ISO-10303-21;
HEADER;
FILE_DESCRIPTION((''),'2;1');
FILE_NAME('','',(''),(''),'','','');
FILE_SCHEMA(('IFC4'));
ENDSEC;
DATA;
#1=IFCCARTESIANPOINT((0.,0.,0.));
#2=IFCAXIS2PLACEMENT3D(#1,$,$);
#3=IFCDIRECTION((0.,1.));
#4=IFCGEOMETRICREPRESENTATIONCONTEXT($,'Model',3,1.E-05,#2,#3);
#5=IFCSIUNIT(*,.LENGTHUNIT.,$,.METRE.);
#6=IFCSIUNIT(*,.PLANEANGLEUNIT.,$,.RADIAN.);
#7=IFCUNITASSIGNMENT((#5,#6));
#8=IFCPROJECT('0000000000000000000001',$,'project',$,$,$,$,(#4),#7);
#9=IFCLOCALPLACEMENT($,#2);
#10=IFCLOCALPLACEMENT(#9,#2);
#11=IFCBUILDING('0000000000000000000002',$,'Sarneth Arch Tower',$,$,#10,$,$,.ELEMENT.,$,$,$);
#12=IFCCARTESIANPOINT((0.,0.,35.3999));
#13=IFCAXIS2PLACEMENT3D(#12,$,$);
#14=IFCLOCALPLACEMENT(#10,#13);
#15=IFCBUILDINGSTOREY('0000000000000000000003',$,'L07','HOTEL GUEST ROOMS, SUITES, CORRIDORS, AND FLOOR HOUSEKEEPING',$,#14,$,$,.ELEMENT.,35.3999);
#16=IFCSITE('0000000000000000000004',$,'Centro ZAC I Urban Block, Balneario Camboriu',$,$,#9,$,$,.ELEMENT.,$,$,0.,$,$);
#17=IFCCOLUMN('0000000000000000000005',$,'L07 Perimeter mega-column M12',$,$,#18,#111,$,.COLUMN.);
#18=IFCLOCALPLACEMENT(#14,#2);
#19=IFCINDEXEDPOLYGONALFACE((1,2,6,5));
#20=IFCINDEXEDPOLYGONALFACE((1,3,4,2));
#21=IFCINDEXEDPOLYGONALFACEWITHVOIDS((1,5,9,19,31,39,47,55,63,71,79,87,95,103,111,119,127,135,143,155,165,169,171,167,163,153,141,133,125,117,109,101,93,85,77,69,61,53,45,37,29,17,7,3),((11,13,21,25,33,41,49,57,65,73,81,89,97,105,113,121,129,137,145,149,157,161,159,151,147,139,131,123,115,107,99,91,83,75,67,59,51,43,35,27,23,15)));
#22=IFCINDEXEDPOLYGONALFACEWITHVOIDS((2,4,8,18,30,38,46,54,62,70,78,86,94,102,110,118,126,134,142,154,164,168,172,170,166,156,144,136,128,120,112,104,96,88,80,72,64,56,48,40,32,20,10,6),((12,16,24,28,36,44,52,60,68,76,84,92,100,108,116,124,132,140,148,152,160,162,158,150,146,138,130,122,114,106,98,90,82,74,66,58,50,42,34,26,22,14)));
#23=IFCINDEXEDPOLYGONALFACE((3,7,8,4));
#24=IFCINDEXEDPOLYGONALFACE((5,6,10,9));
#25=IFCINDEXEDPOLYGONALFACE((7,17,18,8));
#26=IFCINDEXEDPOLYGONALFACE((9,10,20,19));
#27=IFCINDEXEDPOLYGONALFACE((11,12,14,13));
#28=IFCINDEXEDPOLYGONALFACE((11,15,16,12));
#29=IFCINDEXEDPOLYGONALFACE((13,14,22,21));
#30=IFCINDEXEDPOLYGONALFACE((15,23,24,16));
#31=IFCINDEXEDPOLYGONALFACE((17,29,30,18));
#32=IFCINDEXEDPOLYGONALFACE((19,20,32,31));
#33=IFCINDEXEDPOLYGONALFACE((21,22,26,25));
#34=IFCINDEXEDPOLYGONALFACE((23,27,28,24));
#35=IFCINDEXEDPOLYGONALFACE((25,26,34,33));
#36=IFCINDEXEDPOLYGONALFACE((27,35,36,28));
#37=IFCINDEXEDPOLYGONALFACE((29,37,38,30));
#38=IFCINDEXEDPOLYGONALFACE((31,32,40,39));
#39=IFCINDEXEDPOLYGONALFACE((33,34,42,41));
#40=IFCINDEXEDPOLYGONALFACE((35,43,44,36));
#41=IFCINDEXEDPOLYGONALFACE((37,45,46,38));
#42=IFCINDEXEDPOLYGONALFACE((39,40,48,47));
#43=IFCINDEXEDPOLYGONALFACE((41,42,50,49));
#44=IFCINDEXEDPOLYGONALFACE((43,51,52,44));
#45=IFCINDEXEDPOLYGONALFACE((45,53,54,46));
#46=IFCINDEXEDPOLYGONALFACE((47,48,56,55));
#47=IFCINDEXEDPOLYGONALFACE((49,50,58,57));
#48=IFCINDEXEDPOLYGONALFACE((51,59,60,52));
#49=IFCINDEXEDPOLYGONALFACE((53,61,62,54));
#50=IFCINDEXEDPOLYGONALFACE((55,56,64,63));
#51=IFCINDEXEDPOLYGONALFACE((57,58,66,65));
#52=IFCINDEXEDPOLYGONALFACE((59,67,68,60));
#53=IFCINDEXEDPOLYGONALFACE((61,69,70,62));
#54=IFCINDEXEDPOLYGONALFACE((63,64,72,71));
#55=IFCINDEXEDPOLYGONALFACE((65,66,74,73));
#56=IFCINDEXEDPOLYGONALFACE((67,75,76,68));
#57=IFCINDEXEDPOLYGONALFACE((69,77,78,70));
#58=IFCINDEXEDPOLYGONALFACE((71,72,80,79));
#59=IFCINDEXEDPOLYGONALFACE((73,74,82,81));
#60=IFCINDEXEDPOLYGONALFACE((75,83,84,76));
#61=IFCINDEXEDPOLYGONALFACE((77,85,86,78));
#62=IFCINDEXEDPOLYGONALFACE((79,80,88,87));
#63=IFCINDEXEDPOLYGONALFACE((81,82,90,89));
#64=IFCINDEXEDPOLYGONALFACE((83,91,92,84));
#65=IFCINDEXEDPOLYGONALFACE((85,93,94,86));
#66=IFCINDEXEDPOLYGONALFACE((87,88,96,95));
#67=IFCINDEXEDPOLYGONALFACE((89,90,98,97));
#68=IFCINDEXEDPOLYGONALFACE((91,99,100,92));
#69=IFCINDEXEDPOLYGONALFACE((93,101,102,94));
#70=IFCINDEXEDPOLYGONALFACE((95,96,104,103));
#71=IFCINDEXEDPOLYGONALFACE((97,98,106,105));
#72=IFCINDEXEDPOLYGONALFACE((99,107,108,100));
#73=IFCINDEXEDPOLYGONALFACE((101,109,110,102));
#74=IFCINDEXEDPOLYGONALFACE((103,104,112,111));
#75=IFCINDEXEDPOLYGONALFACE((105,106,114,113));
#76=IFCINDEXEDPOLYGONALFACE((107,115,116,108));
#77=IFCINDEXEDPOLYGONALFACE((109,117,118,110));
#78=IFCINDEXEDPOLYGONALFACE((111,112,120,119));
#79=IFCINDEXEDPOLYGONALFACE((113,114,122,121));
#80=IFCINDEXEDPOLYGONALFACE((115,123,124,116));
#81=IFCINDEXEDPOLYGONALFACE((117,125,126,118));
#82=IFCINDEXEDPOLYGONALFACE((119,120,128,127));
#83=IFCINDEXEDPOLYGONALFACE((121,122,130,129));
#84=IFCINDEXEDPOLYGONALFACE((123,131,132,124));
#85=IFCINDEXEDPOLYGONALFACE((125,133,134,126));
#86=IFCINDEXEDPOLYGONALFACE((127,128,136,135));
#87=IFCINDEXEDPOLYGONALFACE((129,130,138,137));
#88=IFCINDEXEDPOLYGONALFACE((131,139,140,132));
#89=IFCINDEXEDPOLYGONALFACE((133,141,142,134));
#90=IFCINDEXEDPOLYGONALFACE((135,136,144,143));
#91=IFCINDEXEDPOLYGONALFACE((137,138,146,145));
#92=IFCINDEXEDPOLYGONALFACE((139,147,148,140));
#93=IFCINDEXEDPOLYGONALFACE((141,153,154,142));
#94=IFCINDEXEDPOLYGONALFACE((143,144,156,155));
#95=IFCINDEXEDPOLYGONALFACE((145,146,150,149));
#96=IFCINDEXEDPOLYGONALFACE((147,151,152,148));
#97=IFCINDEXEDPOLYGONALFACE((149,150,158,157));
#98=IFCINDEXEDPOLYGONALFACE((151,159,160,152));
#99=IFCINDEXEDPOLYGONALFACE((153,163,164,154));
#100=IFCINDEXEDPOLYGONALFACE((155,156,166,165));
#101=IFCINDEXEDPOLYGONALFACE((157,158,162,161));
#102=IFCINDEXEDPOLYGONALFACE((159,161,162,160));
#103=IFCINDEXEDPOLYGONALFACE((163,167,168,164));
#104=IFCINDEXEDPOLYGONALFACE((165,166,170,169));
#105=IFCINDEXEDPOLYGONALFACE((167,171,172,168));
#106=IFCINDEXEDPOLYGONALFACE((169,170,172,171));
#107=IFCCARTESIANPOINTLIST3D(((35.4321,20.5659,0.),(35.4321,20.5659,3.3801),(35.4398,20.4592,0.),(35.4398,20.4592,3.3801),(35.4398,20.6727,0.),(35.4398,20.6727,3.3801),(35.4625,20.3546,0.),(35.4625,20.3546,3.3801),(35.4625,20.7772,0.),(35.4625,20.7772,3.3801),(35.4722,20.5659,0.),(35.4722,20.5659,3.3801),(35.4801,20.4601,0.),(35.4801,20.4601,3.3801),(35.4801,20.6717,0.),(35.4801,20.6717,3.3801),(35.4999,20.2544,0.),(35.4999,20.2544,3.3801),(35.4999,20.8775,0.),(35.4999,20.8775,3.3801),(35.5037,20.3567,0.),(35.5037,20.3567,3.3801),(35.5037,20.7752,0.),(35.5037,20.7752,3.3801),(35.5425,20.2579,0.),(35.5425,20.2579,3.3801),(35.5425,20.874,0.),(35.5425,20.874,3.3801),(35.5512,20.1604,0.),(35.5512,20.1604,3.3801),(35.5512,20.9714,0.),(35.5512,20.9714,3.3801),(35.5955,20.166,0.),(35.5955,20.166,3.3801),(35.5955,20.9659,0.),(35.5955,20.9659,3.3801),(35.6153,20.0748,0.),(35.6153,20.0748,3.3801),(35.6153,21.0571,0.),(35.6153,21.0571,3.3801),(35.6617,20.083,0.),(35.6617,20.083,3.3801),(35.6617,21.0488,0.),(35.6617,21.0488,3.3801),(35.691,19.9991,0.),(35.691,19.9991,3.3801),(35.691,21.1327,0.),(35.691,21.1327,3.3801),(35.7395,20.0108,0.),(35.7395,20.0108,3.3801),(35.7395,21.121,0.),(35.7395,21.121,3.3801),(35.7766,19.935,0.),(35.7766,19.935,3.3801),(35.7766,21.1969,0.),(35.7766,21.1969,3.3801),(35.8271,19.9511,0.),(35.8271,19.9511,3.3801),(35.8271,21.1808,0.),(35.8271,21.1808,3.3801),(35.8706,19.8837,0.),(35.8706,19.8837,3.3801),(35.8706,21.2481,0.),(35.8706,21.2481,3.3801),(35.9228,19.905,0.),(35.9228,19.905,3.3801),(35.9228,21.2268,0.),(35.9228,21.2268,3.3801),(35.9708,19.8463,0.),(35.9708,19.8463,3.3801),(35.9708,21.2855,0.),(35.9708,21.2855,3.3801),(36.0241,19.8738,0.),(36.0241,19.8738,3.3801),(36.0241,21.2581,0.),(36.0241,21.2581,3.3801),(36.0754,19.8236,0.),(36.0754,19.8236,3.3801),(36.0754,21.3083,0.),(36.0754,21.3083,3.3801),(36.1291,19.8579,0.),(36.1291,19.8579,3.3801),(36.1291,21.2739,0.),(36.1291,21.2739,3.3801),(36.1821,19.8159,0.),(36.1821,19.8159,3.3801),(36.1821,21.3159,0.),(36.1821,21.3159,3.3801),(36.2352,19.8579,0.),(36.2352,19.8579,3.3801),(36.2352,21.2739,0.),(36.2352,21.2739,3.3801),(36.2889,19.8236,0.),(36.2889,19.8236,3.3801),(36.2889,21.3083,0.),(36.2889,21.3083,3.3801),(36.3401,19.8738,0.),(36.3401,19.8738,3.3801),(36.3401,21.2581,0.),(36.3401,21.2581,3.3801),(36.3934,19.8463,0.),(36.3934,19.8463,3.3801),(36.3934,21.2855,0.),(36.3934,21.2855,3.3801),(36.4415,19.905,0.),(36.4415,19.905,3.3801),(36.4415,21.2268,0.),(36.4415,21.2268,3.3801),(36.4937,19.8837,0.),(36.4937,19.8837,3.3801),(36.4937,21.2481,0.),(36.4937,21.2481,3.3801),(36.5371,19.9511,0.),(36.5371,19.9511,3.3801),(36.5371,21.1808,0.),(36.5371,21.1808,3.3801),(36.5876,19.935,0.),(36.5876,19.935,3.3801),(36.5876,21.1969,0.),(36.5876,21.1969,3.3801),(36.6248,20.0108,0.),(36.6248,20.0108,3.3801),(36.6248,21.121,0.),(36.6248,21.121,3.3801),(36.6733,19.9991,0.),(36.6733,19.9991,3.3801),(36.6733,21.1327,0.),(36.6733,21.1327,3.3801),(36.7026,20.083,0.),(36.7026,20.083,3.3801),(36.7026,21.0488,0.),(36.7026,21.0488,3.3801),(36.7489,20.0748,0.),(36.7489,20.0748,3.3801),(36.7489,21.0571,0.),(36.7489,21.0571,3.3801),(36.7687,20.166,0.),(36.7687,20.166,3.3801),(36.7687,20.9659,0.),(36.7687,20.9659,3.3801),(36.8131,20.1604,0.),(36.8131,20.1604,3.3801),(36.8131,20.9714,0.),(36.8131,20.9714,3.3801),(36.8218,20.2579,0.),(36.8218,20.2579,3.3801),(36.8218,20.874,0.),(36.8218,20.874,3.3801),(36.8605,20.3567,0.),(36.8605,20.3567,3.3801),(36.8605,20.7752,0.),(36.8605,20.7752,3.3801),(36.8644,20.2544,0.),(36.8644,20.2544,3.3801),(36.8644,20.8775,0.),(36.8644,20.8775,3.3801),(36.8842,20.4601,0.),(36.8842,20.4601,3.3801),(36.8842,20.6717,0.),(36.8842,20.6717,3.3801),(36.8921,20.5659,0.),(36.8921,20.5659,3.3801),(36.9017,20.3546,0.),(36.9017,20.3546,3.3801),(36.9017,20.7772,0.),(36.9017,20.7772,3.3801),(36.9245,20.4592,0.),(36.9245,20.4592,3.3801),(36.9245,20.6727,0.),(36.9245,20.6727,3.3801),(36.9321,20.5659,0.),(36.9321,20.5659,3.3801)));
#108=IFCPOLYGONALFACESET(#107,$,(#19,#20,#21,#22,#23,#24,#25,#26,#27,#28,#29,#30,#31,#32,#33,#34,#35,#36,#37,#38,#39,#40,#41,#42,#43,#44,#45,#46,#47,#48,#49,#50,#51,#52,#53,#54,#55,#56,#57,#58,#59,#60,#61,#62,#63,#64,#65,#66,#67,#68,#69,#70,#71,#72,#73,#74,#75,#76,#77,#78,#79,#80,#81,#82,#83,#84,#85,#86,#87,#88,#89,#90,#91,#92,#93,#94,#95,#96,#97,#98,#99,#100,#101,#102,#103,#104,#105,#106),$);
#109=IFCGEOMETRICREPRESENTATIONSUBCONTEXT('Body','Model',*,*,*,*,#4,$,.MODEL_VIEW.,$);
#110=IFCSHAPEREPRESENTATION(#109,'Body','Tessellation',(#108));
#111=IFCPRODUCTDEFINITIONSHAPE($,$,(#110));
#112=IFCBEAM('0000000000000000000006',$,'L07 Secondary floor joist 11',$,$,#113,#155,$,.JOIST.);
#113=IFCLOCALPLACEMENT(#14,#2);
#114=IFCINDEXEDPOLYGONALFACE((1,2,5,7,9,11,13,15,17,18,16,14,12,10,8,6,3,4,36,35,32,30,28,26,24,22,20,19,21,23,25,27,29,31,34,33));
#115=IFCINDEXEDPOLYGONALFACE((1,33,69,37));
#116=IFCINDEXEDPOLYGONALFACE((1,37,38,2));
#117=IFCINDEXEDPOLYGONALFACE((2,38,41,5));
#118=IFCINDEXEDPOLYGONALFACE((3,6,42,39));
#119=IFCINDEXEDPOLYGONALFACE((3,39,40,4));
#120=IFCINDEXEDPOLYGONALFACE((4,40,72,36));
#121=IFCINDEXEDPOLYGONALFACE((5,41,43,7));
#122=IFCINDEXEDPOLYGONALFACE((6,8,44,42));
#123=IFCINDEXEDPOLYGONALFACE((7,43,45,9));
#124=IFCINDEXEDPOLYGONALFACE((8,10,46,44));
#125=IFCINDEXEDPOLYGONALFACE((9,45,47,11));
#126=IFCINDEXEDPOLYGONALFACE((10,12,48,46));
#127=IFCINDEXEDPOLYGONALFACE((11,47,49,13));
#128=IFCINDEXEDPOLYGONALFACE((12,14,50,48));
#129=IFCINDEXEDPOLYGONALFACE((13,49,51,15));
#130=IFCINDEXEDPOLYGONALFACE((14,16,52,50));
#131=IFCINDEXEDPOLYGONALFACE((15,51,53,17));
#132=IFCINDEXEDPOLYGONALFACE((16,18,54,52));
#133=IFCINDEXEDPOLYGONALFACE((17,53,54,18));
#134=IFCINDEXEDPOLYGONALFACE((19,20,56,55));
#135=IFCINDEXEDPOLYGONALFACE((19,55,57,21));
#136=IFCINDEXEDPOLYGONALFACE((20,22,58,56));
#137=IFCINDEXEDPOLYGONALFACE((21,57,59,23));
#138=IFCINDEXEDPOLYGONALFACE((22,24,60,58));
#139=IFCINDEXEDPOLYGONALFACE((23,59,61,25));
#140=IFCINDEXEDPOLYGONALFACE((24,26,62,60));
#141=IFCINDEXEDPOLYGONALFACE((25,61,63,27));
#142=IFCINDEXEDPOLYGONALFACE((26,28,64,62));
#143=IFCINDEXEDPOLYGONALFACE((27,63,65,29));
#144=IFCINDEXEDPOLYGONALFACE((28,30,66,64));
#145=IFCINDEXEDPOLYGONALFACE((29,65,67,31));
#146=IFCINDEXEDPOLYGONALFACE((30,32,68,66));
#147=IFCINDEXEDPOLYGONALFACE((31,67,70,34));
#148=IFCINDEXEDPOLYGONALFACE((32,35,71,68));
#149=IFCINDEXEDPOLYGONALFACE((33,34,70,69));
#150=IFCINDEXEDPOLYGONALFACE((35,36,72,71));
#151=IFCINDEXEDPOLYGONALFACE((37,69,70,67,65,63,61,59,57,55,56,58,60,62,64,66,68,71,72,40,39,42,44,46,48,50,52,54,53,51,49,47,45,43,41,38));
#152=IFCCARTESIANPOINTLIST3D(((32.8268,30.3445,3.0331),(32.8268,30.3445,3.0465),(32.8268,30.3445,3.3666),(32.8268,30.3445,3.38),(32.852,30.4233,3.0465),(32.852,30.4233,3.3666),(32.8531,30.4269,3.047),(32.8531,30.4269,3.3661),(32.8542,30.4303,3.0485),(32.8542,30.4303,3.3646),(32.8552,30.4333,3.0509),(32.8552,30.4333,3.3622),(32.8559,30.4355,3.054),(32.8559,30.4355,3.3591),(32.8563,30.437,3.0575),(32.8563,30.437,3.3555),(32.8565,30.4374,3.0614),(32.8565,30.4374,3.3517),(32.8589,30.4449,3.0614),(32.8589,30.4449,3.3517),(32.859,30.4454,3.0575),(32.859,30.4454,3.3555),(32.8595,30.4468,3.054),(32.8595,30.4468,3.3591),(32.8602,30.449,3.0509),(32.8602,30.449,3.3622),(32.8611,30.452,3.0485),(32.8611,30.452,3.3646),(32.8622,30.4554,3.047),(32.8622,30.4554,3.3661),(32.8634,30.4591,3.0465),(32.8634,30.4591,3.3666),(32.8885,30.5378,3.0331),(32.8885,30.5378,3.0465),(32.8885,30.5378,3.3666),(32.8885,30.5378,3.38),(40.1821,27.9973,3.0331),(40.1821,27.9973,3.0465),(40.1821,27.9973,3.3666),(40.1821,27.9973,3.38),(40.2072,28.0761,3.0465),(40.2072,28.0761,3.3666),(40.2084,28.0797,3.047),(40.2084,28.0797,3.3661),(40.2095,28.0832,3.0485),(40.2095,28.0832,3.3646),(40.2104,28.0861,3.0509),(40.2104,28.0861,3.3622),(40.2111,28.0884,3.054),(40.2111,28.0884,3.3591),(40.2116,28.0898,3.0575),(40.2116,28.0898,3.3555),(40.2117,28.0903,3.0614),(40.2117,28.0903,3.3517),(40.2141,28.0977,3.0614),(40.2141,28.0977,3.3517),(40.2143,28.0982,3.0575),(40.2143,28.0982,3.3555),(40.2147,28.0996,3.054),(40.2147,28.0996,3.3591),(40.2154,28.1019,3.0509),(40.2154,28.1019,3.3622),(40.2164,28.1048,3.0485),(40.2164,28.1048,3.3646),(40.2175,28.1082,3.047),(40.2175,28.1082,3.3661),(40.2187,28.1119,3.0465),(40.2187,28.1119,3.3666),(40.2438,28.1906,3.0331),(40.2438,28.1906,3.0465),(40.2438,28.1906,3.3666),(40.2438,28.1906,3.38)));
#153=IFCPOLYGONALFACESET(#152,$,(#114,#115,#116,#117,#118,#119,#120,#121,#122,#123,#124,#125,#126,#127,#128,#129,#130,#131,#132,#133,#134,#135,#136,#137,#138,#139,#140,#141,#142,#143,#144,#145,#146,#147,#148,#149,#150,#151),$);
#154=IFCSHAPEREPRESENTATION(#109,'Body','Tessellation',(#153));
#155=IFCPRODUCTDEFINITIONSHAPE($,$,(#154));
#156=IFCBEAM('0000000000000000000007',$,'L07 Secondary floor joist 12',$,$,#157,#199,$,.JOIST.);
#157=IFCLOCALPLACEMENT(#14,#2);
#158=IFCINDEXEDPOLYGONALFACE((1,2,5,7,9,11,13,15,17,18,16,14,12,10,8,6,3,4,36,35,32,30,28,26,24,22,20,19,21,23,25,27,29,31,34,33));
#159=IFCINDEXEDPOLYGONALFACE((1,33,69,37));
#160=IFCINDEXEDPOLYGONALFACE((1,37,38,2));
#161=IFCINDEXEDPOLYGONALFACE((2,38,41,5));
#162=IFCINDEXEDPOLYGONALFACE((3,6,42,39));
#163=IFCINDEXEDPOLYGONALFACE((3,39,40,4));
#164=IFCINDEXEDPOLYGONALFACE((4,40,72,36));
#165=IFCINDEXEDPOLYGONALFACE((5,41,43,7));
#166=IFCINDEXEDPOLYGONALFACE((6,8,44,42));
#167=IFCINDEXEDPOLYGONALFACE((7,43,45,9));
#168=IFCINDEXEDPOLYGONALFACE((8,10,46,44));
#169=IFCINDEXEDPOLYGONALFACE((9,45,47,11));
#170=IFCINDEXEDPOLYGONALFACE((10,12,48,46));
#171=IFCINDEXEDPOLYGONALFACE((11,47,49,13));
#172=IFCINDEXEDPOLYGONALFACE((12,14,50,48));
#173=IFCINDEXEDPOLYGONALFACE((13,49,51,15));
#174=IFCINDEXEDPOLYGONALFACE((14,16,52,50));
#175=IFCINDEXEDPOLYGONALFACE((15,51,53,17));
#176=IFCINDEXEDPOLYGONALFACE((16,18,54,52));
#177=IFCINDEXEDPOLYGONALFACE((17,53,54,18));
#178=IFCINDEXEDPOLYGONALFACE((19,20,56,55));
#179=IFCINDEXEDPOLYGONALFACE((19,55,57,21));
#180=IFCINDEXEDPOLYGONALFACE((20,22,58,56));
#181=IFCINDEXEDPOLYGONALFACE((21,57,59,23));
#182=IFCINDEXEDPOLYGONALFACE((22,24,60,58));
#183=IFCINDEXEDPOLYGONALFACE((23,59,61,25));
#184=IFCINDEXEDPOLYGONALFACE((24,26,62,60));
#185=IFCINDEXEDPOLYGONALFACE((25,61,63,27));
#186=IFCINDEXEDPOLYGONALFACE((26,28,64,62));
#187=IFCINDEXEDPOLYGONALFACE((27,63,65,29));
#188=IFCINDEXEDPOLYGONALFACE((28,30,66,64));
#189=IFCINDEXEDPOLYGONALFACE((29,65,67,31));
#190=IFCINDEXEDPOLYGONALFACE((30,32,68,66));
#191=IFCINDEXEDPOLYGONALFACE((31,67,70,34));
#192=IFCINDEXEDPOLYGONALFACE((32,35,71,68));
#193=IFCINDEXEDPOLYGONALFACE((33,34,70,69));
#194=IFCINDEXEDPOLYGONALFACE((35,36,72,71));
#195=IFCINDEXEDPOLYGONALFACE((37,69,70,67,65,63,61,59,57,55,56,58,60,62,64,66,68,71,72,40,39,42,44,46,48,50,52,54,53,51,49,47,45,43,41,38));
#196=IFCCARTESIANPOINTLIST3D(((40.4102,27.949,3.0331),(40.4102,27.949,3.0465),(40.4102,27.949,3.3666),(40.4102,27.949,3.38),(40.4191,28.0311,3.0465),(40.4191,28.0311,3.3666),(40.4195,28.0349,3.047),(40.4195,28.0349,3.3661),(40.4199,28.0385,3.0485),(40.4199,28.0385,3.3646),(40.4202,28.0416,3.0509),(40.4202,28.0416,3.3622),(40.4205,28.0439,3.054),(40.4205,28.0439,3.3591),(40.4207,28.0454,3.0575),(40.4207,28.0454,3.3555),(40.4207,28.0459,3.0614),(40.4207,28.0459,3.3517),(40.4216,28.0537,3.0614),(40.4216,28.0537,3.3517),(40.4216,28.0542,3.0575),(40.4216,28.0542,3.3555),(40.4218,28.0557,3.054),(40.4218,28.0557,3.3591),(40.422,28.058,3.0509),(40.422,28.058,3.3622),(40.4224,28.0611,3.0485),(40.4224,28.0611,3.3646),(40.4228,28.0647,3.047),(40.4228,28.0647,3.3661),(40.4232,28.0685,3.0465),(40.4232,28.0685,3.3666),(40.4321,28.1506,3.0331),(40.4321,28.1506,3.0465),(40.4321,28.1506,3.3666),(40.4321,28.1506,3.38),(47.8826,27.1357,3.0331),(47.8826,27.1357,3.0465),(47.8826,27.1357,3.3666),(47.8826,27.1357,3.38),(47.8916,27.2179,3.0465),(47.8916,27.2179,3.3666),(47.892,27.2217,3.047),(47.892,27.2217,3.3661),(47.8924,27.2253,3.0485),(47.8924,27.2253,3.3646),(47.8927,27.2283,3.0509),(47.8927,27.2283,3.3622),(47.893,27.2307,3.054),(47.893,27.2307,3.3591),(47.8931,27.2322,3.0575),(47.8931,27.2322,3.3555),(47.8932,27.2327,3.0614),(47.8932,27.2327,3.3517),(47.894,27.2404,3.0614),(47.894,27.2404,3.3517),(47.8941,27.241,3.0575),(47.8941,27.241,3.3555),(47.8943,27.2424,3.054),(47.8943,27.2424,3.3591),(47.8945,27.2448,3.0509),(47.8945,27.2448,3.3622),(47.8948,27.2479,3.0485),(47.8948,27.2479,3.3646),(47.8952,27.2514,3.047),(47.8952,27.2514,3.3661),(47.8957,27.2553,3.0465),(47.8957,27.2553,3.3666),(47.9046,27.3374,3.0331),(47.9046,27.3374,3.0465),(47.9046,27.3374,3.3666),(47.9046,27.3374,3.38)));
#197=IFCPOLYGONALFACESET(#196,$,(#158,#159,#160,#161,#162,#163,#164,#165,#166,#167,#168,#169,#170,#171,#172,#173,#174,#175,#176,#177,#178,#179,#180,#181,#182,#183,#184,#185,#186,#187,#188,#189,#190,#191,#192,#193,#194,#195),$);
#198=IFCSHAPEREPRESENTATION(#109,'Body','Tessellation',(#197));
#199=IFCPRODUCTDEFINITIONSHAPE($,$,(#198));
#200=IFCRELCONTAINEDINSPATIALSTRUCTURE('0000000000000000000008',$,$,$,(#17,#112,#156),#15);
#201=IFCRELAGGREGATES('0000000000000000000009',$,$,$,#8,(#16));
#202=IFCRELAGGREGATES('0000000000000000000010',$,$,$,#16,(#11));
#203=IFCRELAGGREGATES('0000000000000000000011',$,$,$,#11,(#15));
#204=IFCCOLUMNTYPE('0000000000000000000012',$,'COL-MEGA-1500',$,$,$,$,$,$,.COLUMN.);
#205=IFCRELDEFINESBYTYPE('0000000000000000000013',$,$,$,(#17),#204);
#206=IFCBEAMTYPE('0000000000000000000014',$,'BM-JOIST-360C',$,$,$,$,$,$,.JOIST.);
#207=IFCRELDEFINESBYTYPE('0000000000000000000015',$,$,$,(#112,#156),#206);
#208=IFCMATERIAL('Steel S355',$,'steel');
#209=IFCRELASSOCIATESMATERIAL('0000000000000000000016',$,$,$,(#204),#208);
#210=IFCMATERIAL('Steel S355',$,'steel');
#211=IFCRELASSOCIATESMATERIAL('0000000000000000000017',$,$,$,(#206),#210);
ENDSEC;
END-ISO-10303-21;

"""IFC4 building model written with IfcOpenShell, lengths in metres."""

from ifc_helpers import new_model, si_unit, direction, frame, origin, origin_2d, place, context, subcontext, project, spatial, hollow_circle, i_section, extrude, material, material_profile, profile_set, type_object, element, save


model = new_model("IFC4")

# Units and contexts
model_context = context("Model", 3, precision=1e-05, world=origin(), true_north=direction((0.0, 1.0)))
body_context = subcontext(model_context, "Body", "Model", "MODEL_VIEW")
ifc_project = project(units=[si_unit("LENGTHUNIT", "METRE"), si_unit("PLANEANGLEUNIT", "RADIAN")], contexts=[model_context])

# Site, building, storey
site_placement = place(None, origin())
site = spatial("IfcSite", under=ifc_project, at=site_placement, Name="Centro ZAC I Urban Block, Balneario Camboriu", CompositionType="ELEMENT", RefElevation=0.0)
building_placement = place(site_placement, origin())
building = spatial("IfcBuilding", under=site, at=building_placement, Name="Sarneth Arch Tower", CompositionType="ELEMENT")
storey_placement = place(building_placement, frame((0.0, 0.0, 35.3999)))
storey = spatial("IfcBuildingStorey", under=building, at=storey_placement, Name="L07", Description="HOTEL GUEST ROOMS, SUITES, CORRIDORS, AND FLOOR HOUSEKEEPING", CompositionType="ELEMENT", Elevation=35.3999)

# Column
ifc_material_1 = material(Name="Steel S355", Category="steel")
ifc_material_profile_1 = material_profile(ifc_material_1, hollow_circle(Radius=0.75, WallThickness=0.04, at=origin_2d()), Name="CHS1500x40")
ifc_profile_set_1 = profile_set([ifc_material_profile_1], Name="Steel S355")
column_type = type_object("IfcColumnType", Name="COL-MEGA-1500", PredefinedType="COLUMN", material=ifc_profile_set_1)
column_placement = place(storey_placement, frame((36.1821, 20.5659, 0.0), z_axis=(0.0, 0.0, 1.0), x_axis=(1.0, 0.0, 0.0)))
element("IfcColumn", 1, at=column_placement, inside=storey, type_object=column_type, Name="L07 Perimeter mega-column M12", PredefinedType="COLUMN", context=body_context, shape_type="SweptSolid", body=[
    extrude(hollow_circle(Radius=0.75, WallThickness=0.04, at=origin_2d()), origin(), (0.0, 0.0, 1.0), 3.3801),
])

# Beams
ifc_material_2 = material(Name="Steel S355", Category="steel")
ifc_material_profile_2 = material_profile(ifc_material_2, i_section(OverallWidth=0.2029, OverallDepth=0.3469, WebThickness=0.0078, FlangeThickness=0.0134, FilletRadius=0.0149, at=origin_2d()), Name="W360x64")
ifc_profile_set_2 = profile_set([ifc_material_profile_2], Name="Steel S355")
beam_type_1 = type_object("IfcBeamType", Name="BM-JOIST-360C", PredefinedType="JOIST", material=ifc_profile_set_2)
beam_1_placement = place(storey_placement, frame((32.8577, 30.4412, 3.2065), z_axis=(0.952668, -0.304011, 0.0), x_axis=(0.304011, 0.952668, 0.0)))
element("IfcBeam", 2, at=beam_1_placement, inside=storey, type_object=beam_type_1, Name="L07 Secondary floor joist 11", PredefinedType="JOIST", context=body_context, shape_type="SweptSolid", body=[
    extrude(i_section(OverallWidth=0.2029, OverallDepth=0.3469, WebThickness=0.0078, FlangeThickness=0.0134, FilletRadius=0.0149, at=origin_2d()), origin(), (0.0, 0.0, 1.0), 7.7207),
])
beam_2_placement = place(storey_placement, frame((40.4211, 28.0498, 3.2065), z_axis=(0.99413, -0.108192, 0.0), x_axis=(0.108192, 0.99413, 0.0)))
element("IfcBeam", 3, at=beam_2_placement, inside=storey, type_object=beam_type_1, Name="L07 Secondary floor joist 12", PredefinedType="JOIST", context=body_context, shape_type="SweptSolid", body=[
    extrude(i_section(OverallWidth=0.2029, OverallDepth=0.3469, WebThickness=0.0078, FlangeThickness=0.0134, FilletRadius=0.0149, at=origin_2d()), origin(), (0.0, 0.0, 1.0), 7.5166),
])

save(model, "model.ifc")
